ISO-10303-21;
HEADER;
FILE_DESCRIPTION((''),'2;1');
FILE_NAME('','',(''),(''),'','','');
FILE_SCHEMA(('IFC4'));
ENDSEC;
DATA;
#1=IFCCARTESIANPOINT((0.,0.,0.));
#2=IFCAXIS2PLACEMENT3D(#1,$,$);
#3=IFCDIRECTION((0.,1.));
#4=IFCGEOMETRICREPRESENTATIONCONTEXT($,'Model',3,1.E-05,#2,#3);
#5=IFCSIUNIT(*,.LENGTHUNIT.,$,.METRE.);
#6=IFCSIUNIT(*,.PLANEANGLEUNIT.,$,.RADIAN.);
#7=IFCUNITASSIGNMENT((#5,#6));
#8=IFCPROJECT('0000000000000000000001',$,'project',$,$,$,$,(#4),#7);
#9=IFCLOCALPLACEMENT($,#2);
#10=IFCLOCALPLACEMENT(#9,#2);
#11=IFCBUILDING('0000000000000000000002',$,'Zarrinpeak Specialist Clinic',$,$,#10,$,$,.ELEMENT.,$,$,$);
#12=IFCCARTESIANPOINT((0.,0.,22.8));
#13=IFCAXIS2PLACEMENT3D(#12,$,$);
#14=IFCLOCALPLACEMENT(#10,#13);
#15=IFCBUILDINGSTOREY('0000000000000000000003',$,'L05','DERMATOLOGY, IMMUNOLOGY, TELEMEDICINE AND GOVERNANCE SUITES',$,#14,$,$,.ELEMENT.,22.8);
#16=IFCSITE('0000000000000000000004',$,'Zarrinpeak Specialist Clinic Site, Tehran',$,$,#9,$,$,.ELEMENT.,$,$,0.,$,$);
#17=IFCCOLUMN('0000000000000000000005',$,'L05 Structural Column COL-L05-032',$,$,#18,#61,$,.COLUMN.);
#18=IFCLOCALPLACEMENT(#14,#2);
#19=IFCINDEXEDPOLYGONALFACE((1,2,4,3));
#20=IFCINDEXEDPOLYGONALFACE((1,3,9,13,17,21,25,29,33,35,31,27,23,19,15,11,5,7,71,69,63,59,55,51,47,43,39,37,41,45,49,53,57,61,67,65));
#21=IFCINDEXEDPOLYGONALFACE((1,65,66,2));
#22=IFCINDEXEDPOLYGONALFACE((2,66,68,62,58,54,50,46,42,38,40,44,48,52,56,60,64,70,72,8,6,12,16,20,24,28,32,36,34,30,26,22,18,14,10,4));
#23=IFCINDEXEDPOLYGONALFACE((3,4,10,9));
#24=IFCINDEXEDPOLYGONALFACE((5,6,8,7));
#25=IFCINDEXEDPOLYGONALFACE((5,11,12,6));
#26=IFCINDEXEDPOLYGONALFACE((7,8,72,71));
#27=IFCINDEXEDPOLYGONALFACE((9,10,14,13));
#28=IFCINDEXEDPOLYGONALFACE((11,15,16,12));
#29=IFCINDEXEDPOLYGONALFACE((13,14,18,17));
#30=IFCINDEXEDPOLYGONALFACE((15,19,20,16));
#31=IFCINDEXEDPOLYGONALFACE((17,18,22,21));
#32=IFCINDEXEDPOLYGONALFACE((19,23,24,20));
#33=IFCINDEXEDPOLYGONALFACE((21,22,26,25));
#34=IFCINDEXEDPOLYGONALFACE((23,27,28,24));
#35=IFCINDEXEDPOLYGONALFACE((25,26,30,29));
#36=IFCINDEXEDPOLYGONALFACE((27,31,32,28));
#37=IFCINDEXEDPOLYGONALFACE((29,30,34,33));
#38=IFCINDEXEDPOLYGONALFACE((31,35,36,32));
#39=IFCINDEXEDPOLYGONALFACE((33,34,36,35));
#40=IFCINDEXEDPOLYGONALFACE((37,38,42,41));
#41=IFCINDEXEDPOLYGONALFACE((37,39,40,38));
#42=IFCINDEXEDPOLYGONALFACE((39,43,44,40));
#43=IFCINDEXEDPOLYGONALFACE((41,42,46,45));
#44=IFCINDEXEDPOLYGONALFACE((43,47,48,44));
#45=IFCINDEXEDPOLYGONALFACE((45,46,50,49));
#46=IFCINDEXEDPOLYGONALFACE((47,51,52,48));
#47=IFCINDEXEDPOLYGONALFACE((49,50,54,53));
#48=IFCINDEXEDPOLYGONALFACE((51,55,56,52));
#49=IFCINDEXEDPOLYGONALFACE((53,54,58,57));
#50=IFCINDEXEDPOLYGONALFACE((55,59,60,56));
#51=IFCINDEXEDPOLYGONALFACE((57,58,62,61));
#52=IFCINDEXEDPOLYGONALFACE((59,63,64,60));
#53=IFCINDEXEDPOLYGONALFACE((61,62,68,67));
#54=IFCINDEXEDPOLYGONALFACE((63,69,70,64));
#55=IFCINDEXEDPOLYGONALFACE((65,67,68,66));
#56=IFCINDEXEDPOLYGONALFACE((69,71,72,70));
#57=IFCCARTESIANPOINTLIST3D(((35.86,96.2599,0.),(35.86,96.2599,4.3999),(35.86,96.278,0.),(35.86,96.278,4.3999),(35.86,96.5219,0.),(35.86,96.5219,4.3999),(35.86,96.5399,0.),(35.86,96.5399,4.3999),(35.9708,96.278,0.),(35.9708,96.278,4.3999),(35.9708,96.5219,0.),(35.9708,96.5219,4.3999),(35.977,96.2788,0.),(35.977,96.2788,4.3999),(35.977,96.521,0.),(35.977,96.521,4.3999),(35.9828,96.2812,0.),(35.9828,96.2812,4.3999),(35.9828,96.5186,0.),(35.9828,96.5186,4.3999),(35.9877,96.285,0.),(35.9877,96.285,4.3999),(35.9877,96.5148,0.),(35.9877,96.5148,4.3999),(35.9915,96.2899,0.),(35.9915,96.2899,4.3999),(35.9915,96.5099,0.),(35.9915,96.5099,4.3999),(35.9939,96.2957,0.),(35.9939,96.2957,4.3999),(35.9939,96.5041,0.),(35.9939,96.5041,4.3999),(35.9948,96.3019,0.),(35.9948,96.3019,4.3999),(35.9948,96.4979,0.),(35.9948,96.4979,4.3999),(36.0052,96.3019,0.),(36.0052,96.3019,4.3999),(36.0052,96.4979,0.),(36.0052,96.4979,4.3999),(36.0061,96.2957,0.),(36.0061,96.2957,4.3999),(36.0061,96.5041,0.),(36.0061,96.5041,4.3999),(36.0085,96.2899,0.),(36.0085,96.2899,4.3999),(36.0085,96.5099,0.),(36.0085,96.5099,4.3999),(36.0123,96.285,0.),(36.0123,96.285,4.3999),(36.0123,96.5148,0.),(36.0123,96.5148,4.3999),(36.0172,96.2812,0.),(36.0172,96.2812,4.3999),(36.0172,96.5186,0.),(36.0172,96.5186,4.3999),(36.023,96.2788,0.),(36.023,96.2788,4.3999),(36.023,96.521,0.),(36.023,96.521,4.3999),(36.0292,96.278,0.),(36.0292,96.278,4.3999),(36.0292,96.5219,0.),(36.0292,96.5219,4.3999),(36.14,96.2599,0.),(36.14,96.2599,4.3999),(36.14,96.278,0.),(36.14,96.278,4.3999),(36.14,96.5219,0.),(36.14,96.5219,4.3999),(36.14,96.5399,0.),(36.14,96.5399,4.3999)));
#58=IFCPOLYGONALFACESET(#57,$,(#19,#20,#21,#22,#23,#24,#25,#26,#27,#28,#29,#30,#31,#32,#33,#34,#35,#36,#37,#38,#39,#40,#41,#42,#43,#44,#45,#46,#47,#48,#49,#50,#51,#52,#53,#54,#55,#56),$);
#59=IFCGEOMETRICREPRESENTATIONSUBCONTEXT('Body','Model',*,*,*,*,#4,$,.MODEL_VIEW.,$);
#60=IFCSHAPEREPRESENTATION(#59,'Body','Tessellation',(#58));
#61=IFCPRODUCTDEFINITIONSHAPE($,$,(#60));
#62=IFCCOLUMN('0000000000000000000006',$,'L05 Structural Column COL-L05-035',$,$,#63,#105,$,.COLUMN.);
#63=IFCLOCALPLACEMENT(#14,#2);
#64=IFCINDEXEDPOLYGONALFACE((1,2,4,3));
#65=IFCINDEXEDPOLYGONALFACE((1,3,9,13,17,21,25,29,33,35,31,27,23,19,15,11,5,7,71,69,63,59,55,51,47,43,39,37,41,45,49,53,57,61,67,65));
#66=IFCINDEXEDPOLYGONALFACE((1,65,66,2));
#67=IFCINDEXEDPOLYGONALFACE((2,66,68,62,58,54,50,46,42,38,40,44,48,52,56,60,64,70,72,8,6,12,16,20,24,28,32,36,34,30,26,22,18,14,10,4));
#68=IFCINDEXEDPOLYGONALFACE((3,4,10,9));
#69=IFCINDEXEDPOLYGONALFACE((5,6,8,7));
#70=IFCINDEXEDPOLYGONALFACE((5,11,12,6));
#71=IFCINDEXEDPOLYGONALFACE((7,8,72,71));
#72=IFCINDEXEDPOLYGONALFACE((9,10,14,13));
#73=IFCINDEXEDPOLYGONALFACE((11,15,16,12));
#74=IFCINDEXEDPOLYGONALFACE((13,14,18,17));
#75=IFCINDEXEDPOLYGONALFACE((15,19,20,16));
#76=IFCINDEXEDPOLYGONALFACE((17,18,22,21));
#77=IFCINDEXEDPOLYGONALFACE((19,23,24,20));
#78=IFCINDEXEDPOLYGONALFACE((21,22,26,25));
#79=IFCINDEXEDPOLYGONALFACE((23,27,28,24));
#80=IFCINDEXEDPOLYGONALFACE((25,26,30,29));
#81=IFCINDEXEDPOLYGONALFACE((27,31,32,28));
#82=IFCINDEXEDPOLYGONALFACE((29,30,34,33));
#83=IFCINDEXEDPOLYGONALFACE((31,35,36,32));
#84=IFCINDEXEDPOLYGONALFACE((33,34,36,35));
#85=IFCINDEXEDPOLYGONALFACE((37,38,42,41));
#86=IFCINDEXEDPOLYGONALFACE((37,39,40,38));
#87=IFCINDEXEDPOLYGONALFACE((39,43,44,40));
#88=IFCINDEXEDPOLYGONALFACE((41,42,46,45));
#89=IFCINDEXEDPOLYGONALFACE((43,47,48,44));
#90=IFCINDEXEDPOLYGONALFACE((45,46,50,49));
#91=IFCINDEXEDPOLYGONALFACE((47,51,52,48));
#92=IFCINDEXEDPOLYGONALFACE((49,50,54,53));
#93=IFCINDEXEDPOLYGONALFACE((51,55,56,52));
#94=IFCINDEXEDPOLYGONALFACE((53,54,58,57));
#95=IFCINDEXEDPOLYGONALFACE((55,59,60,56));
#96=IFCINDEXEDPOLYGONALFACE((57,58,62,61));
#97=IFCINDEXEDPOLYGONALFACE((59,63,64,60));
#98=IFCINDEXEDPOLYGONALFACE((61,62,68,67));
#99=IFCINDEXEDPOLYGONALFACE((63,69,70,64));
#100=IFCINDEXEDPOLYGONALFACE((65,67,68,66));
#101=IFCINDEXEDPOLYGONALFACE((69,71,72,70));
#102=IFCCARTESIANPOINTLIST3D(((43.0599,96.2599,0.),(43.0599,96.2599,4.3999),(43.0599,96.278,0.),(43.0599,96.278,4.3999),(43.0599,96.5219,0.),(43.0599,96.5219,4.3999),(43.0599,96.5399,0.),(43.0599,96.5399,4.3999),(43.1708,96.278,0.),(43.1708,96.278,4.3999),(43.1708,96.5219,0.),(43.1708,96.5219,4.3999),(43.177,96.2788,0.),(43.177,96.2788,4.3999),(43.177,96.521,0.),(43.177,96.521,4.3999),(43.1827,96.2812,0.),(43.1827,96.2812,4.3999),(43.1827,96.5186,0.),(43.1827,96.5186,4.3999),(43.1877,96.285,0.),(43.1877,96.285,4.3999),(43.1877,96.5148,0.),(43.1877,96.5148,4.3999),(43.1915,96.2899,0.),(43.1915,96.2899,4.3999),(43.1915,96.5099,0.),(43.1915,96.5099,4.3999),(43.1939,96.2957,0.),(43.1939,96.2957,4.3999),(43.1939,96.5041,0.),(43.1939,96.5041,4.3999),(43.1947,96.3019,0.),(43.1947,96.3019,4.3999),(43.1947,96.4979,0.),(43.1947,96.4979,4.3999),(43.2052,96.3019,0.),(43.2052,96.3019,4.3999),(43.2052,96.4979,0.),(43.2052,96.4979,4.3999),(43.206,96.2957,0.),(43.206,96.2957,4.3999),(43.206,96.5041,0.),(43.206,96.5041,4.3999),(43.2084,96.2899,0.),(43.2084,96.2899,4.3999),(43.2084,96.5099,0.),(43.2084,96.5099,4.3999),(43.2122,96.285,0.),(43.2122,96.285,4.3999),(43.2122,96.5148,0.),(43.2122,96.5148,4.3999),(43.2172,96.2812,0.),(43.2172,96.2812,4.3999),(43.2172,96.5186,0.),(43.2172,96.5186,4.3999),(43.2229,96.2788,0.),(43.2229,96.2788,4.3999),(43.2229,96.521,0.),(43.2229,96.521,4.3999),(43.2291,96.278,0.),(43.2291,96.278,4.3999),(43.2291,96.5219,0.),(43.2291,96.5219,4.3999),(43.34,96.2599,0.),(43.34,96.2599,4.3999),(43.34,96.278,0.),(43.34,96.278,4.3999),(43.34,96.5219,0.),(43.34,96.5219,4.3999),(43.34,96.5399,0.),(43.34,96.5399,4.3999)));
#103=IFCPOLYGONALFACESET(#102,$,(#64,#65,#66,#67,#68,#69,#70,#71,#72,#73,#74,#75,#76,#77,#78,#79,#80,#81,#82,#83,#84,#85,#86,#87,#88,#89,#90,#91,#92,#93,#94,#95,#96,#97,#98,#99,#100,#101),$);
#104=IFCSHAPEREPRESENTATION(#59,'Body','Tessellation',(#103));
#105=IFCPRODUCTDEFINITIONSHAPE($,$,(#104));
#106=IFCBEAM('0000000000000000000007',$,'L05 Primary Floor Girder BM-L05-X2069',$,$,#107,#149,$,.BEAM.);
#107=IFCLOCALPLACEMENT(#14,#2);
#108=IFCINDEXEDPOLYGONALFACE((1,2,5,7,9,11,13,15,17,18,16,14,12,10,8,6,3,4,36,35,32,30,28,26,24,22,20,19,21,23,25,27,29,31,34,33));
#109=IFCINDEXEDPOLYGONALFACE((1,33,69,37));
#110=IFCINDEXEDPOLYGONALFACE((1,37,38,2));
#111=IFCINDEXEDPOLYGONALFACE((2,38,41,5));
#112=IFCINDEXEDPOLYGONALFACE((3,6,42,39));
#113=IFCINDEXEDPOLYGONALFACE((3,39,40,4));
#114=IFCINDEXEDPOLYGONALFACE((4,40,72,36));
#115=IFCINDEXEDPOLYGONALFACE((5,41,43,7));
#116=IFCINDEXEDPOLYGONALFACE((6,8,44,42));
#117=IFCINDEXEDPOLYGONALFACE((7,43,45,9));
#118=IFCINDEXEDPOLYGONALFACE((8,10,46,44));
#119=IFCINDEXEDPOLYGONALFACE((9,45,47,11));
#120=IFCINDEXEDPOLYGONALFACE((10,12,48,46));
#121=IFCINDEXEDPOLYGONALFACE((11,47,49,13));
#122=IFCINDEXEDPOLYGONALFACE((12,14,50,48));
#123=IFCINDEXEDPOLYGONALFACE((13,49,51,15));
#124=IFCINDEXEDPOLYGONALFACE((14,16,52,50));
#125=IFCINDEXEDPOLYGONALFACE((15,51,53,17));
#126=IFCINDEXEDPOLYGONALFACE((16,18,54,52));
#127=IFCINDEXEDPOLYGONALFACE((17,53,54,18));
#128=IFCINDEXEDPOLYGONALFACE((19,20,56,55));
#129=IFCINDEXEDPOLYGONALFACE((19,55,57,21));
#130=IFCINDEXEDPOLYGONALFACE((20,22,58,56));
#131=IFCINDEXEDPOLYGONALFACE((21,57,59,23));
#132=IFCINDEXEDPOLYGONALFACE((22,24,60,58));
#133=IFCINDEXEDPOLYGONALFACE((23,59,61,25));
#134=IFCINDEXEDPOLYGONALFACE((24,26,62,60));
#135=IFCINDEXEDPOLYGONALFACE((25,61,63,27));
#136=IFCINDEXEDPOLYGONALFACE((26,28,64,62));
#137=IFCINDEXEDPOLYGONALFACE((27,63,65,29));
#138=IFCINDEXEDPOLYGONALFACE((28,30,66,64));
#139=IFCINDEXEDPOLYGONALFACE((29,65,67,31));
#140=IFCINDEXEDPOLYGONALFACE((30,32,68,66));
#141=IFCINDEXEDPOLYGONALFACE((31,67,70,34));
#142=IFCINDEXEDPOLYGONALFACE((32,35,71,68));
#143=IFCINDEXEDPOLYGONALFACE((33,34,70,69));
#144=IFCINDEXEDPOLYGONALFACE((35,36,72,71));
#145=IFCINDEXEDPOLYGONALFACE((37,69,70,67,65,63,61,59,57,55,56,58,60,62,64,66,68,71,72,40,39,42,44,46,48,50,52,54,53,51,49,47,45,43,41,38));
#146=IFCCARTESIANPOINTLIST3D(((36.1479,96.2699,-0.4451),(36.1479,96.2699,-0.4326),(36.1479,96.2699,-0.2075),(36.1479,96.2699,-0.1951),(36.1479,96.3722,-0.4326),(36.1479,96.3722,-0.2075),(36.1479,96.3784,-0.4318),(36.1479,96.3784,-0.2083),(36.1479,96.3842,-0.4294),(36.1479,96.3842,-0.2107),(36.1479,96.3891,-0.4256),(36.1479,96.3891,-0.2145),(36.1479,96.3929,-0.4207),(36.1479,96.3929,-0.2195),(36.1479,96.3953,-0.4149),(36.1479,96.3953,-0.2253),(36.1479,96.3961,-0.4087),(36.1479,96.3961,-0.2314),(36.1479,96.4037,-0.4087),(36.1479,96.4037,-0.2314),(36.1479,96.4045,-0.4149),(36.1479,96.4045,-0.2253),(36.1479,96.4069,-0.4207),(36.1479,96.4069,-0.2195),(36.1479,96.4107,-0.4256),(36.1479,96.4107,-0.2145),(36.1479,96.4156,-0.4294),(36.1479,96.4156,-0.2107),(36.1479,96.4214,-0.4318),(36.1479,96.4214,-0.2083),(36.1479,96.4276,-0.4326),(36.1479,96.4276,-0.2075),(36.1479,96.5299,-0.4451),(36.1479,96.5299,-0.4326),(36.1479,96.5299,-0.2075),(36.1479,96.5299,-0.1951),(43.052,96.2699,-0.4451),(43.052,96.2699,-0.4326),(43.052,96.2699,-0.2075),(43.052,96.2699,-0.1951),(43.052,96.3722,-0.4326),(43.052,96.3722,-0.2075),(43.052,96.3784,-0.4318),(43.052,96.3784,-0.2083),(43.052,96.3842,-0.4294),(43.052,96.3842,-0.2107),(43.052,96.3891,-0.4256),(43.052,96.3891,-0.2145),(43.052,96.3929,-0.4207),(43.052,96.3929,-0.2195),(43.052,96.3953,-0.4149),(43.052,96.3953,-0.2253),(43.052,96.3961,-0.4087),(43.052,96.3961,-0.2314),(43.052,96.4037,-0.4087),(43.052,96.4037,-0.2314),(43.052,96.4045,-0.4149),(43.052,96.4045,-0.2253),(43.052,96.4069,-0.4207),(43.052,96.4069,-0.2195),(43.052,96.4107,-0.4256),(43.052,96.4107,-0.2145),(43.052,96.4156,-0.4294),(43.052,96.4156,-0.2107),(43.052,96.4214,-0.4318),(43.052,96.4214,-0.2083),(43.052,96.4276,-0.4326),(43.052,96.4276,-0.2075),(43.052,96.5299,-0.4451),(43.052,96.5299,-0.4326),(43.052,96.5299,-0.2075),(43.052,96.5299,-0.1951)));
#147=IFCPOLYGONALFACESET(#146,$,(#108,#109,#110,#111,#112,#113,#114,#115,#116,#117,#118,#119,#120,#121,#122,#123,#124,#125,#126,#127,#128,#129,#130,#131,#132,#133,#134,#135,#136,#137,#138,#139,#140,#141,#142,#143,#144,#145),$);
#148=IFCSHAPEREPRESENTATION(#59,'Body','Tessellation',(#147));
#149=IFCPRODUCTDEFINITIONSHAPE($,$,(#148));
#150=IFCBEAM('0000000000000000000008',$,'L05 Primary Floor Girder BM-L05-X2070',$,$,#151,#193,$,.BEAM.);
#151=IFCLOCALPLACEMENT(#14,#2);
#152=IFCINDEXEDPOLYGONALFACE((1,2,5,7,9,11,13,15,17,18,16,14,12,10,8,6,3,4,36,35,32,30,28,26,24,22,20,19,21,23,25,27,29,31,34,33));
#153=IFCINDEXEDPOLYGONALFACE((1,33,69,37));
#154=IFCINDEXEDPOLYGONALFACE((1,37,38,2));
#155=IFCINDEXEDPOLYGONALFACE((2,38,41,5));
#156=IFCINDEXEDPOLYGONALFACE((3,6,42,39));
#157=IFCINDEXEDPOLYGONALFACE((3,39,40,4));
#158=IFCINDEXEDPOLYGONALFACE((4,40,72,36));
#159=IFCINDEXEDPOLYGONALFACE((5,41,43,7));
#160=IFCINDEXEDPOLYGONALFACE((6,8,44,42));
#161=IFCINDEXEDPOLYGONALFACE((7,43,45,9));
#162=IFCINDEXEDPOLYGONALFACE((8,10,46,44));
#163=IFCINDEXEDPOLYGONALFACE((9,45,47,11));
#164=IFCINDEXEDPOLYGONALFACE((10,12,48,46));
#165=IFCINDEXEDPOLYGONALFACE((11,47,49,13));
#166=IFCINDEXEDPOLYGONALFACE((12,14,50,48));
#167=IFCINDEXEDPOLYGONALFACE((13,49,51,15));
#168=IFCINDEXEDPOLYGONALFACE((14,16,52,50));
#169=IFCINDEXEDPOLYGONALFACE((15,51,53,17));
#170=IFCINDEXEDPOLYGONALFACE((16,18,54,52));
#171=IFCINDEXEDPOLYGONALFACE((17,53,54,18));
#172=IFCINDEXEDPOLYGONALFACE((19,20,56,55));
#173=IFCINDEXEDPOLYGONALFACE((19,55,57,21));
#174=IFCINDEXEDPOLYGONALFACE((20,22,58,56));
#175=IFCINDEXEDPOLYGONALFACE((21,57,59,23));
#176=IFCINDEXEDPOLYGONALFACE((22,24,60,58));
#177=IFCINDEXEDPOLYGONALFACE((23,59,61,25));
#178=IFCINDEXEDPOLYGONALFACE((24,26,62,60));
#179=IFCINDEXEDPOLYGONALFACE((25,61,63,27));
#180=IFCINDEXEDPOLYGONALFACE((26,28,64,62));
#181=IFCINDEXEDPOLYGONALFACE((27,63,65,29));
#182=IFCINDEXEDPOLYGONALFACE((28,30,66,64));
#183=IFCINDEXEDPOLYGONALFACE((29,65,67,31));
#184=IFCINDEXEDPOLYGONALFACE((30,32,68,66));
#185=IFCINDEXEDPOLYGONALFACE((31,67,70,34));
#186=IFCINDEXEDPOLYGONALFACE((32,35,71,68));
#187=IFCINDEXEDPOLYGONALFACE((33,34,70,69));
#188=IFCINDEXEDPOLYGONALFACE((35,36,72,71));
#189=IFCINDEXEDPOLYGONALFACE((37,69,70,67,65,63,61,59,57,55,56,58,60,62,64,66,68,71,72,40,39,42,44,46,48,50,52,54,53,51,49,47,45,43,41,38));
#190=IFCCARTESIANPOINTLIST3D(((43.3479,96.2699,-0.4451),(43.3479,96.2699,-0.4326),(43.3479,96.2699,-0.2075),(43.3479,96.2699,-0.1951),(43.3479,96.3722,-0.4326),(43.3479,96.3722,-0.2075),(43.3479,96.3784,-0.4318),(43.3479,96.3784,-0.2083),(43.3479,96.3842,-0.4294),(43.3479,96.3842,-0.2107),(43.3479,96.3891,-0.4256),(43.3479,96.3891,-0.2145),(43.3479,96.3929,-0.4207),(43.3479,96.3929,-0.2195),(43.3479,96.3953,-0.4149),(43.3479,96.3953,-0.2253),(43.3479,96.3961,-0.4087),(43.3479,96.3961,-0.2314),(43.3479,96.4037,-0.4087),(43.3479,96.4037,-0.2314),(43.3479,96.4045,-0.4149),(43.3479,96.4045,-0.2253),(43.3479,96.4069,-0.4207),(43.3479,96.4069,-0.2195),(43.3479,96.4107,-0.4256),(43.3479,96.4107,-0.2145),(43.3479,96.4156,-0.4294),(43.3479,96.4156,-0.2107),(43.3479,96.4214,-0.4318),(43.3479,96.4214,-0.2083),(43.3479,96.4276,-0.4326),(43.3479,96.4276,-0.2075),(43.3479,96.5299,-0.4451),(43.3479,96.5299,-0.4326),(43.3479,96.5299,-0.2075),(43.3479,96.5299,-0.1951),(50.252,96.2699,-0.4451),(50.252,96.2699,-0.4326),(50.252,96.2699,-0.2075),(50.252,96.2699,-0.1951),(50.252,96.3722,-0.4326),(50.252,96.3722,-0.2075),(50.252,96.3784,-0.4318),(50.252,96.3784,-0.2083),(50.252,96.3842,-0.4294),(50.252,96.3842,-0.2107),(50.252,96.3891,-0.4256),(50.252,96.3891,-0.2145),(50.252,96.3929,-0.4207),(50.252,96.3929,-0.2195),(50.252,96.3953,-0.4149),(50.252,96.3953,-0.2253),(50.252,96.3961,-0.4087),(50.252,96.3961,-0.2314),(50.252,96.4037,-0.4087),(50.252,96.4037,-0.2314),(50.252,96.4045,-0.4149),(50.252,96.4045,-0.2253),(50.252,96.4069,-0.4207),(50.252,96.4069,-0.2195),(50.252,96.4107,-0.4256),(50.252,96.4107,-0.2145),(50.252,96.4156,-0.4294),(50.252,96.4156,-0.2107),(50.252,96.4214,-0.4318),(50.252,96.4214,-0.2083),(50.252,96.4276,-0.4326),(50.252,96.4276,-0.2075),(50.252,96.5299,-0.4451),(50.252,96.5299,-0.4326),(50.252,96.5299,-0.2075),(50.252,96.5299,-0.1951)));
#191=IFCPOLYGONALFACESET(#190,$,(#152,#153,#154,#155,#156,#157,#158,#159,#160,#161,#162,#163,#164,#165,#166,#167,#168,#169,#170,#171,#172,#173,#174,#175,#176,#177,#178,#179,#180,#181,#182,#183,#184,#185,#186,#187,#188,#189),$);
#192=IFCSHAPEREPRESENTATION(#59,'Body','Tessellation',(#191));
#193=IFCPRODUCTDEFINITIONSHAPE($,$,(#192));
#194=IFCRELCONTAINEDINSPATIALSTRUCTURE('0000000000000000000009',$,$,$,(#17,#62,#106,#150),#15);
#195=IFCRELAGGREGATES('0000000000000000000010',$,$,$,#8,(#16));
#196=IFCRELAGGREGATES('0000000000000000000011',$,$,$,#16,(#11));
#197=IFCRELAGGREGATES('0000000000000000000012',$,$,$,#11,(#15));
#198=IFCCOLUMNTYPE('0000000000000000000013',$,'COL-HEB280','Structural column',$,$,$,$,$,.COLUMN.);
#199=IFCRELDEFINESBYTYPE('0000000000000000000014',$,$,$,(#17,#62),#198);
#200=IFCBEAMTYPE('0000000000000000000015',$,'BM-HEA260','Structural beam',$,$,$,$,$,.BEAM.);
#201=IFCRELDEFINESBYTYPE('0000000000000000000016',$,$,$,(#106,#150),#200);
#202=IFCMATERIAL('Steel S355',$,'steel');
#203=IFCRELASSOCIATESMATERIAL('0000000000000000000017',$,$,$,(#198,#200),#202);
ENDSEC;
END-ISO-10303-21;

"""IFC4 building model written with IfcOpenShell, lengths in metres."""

from ifc_helpers import new_model, si_unit, direction, frame, origin, origin_2d, place, context, subcontext, project, spatial, i_section, extrude, material, material_profile, profile_set, type_object, element, save


model = new_model("IFC4")

# Units and contexts
model_context = context("Model", 3, precision=1e-05, world=origin(), true_north=direction((0.0, 1.0)))
body_context = subcontext(model_context, "Body", "Model", "MODEL_VIEW")
ifc_project = project(units=[si_unit("LENGTHUNIT", "METRE"), si_unit("PLANEANGLEUNIT", "RADIAN")], contexts=[model_context])

# Site, building, storey
site_placement = place(None, origin())
site = spatial("IfcSite", under=ifc_project, at=site_placement, Name="Zarrinpeak Specialist Clinic Site, Tehran", CompositionType="ELEMENT", RefElevation=0.0)
building_placement = place(site_placement, origin())
building = spatial("IfcBuilding", under=site, at=building_placement, Name="Zarrinpeak Specialist Clinic", CompositionType="ELEMENT")
storey_placement = place(building_placement, frame((0.0, 0.0, 22.8)))
storey = spatial("IfcBuildingStorey", under=building, at=storey_placement, Name="L05", Description="DERMATOLOGY, IMMUNOLOGY, TELEMEDICINE AND GOVERNANCE SUITES", CompositionType="ELEMENT", Elevation=22.8)

# Columns
ifc_material_1 = material(Name="Steel S355", Category="steel")
ifc_material_profile_1 = material_profile(ifc_material_1, i_section(OverallWidth=0.28, OverallDepth=0.28, WebThickness=0.0105, FlangeThickness=0.0181, FilletRadius=0.0239, at=origin_2d()), Name="HEB 280")
ifc_profile_set_1 = profile_set([ifc_material_profile_1], Name="Steel S355")
column_type = type_object("IfcColumnType", Name="COL-HEB280", Description="Structural column", PredefinedType="COLUMN", material=ifc_profile_set_1)
for number, where, z_axis, x_axis, name in (
    (1, (36.0, 96.3999, 0.0), (0.0, 0.0, 1.0), (1.0, 0.0, 0.0), "L05 Structural Column COL-L05-032"),
    (2, (43.2, 96.3999, 0.0), (0.0, 0.0, 1.0), (1.0, 0.0, 0.0), "L05 Structural Column COL-L05-035"),
):
    element("IfcColumn", number, at=place(storey_placement, frame(where, z_axis=z_axis, x_axis=x_axis)), inside=storey, type_object=column_type, Name=name, PredefinedType="COLUMN", context=body_context, shape_type="SweptSolid", body=[
        extrude(i_section(OverallWidth=0.28, OverallDepth=0.28, WebThickness=0.0105, FlangeThickness=0.0181, FilletRadius=0.0239, at=origin_2d()), origin(), (0.0, 0.0, 1.0), 4.3999),
    ])

# Beams
ifc_material_profile_2 = material_profile(ifc_material_1, i_section(OverallWidth=0.26, OverallDepth=0.25, WebThickness=0.0076, FlangeThickness=0.0125, FilletRadius=0.0239, at=origin_2d()), Name="HEA 260")
ifc_profile_set_2 = profile_set([ifc_material_profile_2], Name="Steel S355")
beam_type_1 = type_object("IfcBeamType", Name="BM-HEA260", Description="Structural beam", PredefinedType="BEAM", material=ifc_profile_set_2)
for number, where, z_axis, x_axis, name in (
    (3, (36.1479, 96.3999, -0.3201), (1.0, 0.0, 0.0), (0.0, 1.0, 0.0), "L05 Primary Floor Girder BM-L05-X2069"),
    (4, (43.3479, 96.3999, -0.3201), (1.0, 0.0, 0.0), (0.0, 1.0, 0.0), "L05 Primary Floor Girder BM-L05-X2070"),
):
    element("IfcBeam", number, at=place(storey_placement, frame(where, z_axis=z_axis, x_axis=x_axis)), inside=storey, type_object=beam_type_1, Name=name, PredefinedType="BEAM", context=body_context, shape_type="SweptSolid", body=[
        extrude(i_section(OverallWidth=0.26, OverallDepth=0.25, WebThickness=0.0076, FlangeThickness=0.0125, FilletRadius=0.0239, at=origin_2d()), origin(), (0.0, 0.0, 1.0), 6.9041),
    ])

save(model, "model.ifc")
